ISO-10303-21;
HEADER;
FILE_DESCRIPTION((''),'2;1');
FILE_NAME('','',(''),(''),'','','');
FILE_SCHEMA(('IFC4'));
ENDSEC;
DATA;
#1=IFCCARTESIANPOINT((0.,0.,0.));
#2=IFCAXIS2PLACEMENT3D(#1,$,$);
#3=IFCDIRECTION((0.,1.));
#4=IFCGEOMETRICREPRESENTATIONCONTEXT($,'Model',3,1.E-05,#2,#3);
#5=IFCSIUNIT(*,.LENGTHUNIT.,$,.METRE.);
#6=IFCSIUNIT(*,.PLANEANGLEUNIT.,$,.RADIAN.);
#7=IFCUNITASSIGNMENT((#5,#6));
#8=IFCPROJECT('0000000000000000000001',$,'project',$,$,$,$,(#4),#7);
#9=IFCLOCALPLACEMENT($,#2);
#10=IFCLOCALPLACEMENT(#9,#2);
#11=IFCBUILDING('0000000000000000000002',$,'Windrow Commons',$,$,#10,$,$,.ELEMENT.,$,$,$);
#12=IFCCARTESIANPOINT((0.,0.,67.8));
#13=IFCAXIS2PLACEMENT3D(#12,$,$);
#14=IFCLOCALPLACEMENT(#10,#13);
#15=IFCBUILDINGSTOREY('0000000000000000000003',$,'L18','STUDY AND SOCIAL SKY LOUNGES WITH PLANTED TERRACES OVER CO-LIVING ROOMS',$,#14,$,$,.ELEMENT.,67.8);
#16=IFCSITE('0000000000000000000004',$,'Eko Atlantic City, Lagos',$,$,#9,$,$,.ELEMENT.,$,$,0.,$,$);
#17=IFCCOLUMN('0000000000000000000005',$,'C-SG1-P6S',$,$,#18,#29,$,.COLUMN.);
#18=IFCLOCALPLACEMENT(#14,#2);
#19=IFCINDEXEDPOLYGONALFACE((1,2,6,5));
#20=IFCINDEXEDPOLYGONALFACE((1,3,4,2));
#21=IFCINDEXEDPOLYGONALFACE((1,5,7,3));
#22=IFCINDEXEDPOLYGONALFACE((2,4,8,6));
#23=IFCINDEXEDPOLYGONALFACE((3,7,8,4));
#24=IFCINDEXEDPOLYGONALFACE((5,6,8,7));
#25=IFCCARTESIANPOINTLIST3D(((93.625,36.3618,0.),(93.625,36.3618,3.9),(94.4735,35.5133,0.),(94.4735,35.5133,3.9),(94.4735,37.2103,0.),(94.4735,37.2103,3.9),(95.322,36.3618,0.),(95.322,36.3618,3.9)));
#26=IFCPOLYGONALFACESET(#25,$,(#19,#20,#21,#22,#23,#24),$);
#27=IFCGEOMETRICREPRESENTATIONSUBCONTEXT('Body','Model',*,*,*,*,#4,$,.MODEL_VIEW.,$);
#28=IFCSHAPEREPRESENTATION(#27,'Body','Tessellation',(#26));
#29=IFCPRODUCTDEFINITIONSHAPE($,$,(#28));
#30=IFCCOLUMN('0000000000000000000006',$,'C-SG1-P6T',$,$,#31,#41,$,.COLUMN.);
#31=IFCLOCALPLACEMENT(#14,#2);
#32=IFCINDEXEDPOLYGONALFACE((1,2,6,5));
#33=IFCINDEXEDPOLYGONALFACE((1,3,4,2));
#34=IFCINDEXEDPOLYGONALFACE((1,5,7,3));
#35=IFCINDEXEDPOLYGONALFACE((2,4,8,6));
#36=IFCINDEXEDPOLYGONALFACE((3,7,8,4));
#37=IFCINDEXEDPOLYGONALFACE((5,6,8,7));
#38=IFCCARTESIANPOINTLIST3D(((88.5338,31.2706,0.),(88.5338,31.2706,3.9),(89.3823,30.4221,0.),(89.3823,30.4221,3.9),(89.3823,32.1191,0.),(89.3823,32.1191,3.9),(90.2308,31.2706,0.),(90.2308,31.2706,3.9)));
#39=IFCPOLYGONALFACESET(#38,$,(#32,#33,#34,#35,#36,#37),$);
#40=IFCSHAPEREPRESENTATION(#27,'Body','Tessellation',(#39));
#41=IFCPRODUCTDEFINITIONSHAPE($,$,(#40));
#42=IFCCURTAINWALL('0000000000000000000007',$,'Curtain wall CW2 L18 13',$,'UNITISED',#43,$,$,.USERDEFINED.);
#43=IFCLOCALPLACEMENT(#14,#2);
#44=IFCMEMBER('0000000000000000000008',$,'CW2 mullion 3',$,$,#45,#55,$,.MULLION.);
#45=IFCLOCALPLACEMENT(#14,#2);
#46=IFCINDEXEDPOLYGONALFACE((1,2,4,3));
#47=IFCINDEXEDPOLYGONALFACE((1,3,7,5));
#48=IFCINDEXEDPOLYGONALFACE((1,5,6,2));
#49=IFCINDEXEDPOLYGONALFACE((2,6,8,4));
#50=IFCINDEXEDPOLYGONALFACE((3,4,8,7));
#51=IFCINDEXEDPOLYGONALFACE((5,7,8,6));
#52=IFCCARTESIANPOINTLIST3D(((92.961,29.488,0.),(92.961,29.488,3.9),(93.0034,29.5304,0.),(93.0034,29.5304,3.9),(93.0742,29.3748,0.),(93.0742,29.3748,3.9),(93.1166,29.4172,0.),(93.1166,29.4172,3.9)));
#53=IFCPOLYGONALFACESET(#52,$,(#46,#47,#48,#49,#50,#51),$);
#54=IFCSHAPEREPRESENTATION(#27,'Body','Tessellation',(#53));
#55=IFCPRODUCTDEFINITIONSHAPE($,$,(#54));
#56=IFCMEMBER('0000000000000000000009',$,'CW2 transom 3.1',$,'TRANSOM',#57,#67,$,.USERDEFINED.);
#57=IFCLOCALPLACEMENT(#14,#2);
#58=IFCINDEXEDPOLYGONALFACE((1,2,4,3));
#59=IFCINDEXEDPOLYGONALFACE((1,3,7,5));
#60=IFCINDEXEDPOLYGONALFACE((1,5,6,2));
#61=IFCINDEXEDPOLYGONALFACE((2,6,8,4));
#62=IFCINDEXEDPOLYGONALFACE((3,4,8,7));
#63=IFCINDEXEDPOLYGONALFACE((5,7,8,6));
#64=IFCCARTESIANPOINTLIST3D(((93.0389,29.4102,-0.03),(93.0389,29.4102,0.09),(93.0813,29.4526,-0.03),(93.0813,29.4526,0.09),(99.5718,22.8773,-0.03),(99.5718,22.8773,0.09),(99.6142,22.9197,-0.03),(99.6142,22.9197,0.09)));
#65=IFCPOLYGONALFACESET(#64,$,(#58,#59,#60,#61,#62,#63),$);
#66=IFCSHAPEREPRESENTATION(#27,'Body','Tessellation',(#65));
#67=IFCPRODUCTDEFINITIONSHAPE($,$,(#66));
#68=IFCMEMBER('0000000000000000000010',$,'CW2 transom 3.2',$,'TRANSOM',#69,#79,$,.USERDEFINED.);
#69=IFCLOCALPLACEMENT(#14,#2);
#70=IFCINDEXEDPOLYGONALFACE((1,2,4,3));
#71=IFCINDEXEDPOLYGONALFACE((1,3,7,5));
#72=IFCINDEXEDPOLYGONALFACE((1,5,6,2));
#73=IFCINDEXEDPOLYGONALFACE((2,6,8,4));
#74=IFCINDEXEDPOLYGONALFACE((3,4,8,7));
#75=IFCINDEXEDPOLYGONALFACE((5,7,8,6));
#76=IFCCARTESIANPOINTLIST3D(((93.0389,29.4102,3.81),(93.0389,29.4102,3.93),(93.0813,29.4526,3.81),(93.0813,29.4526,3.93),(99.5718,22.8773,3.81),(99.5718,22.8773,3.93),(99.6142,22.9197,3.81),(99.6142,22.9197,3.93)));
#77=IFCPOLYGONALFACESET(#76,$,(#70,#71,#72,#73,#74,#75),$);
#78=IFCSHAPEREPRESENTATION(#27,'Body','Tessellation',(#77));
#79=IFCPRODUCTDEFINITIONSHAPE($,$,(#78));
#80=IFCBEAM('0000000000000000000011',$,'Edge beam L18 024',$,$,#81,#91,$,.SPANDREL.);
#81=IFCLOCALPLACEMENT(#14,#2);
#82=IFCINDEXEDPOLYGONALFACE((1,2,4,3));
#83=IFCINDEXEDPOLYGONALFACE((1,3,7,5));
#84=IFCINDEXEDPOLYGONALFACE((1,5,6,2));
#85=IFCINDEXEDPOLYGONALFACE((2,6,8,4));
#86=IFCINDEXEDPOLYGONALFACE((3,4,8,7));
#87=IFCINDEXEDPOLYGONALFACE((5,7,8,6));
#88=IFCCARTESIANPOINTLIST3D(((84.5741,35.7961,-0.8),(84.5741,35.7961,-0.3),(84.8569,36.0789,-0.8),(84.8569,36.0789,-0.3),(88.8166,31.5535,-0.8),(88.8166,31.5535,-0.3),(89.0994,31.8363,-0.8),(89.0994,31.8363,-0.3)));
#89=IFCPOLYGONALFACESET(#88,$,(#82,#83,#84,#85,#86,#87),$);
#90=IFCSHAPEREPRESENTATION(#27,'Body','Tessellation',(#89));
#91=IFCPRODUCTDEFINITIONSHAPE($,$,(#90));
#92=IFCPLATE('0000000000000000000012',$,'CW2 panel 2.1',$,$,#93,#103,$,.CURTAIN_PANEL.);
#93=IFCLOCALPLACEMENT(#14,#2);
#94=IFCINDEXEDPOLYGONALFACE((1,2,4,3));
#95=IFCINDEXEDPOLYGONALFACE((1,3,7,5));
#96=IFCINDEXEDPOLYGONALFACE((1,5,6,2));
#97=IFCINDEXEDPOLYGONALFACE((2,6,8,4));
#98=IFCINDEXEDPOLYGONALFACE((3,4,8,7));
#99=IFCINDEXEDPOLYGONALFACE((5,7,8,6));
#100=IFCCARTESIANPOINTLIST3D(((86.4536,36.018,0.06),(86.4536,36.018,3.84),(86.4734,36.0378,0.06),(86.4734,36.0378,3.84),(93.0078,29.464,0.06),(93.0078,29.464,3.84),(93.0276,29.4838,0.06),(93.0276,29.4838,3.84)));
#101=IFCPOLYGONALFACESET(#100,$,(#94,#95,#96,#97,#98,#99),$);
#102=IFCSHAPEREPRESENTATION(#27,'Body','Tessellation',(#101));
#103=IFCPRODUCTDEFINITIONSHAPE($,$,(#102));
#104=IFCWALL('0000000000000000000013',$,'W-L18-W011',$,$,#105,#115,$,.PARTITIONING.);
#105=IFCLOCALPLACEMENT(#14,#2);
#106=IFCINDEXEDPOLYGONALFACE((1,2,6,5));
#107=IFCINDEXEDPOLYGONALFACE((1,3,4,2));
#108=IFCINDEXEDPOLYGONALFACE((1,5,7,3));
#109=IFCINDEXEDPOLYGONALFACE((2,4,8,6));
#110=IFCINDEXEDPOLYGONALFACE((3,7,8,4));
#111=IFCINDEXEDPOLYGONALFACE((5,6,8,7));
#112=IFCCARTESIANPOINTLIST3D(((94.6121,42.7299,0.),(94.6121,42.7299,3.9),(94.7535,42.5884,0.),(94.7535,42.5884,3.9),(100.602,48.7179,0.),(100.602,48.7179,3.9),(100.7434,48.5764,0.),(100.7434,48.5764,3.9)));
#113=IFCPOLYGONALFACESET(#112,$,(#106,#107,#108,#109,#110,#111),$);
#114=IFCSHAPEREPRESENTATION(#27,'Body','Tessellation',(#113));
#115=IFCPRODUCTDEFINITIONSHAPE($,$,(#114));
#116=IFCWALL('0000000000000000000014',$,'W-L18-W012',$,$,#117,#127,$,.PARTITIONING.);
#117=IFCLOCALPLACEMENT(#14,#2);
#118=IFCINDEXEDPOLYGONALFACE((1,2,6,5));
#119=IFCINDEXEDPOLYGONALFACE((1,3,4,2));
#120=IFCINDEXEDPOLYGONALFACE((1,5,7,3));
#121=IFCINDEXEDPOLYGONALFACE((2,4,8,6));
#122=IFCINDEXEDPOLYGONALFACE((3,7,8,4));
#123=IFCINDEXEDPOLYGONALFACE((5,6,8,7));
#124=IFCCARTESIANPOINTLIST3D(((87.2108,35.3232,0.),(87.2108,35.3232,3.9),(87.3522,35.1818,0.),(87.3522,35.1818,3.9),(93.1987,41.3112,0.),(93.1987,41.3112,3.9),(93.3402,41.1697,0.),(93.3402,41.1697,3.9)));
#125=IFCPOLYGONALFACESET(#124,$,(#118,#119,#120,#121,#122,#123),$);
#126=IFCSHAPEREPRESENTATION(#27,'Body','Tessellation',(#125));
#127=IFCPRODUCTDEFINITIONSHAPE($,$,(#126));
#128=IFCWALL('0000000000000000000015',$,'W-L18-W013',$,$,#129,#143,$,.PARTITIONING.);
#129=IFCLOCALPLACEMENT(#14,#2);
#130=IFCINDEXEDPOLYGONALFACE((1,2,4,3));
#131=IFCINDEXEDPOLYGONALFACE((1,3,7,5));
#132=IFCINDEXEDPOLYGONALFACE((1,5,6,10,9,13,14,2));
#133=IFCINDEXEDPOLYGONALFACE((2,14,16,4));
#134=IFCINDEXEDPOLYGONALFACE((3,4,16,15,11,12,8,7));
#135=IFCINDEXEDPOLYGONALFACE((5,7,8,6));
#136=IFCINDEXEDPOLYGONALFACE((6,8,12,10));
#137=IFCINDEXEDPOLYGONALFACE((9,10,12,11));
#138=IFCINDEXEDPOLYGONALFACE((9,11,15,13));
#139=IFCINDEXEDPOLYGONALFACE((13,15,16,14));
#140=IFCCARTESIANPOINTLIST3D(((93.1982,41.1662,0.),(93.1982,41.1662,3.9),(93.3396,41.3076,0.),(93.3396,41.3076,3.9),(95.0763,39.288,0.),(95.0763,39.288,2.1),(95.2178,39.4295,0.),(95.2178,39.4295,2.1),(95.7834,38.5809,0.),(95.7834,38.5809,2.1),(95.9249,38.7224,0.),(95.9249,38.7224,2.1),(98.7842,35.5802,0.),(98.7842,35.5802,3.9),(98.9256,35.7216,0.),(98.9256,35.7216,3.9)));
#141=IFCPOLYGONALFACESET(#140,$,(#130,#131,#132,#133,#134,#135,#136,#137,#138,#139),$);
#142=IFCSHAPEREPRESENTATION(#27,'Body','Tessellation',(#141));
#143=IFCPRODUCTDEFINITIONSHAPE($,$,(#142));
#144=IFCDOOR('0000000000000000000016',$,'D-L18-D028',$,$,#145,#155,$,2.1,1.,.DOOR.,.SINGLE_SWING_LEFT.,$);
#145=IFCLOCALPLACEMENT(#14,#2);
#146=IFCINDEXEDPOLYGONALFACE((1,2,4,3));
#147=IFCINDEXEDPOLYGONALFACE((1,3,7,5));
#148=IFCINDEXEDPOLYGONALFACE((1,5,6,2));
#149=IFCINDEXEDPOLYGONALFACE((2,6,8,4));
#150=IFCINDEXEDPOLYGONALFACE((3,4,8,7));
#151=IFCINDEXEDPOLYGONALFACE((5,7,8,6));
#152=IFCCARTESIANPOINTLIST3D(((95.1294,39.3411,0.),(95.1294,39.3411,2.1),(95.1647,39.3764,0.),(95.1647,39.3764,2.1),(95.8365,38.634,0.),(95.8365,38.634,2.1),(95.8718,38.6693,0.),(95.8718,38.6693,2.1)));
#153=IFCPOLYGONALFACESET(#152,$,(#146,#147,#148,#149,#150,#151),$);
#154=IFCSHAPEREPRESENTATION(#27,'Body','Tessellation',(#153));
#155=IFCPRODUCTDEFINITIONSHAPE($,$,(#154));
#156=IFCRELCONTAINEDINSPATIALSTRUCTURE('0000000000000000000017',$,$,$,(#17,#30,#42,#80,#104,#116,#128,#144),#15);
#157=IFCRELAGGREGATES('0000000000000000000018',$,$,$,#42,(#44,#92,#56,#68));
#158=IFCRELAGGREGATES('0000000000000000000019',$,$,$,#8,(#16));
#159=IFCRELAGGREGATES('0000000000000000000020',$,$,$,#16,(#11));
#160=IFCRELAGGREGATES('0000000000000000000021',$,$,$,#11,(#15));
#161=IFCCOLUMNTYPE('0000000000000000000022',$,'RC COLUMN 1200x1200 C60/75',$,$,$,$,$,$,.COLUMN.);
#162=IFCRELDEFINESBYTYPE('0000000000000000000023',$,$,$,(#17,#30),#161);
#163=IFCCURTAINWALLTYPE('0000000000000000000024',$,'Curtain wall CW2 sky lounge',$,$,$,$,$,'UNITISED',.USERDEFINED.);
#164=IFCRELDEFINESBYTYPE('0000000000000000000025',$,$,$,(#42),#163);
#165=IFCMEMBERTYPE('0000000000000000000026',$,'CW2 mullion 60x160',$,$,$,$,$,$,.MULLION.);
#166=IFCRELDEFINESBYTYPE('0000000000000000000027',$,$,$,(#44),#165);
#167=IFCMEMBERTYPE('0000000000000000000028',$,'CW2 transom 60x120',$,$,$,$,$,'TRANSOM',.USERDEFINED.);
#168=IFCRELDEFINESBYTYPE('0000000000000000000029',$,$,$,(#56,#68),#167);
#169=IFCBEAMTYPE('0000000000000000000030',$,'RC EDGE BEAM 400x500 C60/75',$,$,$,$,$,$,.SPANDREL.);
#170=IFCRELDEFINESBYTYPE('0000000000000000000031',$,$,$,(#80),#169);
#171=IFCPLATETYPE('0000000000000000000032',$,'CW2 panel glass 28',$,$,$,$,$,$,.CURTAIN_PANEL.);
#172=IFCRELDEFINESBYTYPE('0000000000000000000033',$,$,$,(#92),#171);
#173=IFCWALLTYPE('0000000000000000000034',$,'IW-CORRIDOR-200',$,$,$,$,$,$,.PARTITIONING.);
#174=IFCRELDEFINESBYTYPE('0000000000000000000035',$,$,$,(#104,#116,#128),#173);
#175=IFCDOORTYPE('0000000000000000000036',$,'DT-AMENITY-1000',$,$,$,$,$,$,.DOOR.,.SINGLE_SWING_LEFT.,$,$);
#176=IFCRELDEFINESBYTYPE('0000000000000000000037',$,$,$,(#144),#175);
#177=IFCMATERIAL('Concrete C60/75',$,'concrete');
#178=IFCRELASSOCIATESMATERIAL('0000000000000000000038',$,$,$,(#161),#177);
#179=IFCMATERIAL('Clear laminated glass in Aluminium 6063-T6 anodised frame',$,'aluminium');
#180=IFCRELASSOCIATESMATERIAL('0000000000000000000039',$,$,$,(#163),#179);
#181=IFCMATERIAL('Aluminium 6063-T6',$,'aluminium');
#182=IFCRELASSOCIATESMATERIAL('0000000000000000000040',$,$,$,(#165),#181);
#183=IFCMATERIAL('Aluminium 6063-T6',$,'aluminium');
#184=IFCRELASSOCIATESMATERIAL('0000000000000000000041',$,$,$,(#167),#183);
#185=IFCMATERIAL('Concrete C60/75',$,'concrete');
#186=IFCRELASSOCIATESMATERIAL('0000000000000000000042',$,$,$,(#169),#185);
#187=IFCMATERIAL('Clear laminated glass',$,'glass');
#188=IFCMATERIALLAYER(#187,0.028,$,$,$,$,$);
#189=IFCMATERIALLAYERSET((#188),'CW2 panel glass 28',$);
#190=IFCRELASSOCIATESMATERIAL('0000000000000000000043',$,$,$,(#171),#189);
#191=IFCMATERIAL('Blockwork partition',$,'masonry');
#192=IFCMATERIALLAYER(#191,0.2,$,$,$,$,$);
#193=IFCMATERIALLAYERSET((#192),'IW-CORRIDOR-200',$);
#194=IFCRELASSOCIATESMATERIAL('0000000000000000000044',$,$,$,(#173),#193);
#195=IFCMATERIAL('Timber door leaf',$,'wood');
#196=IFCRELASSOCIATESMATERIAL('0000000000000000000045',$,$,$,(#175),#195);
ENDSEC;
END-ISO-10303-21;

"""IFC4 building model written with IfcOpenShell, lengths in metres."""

from ifc_helpers import new_model, si_unit, direction, frame, frame_2d, origin, origin_2d, place, context, subcontext, project, spatial, rectangle, extrude, material, layer, layer_set, material_profile, profile_set, type_object, element, fill, aggregate, save


model = new_model("IFC4")

# Units and contexts
model_context = context("Model", 3, precision=1e-05, world=origin(), true_north=direction((0.0, 1.0)))
body_context = subcontext(model_context, "Body", "Model", "MODEL_VIEW")
ifc_project = project(units=[si_unit("LENGTHUNIT", "METRE"), si_unit("PLANEANGLEUNIT", "RADIAN")], contexts=[model_context])

# Site, building, storey
site_placement = place(None, origin())
site = spatial("IfcSite", under=ifc_project, at=site_placement, Name="Eko Atlantic City, Lagos", CompositionType="ELEMENT", RefElevation=0.0)
building_placement = place(site_placement, origin())
building = spatial("IfcBuilding", under=site, at=building_placement, Name="Windrow Commons", CompositionType="ELEMENT")
storey_placement = place(building_placement, frame((0.0, 0.0, 67.8)))
storey = spatial("IfcBuildingStorey", under=building, at=storey_placement, Name="L18", Description="STUDY AND SOCIAL SKY LOUNGES WITH PLANTED TERRACES OVER CO-LIVING ROOMS", CompositionType="ELEMENT", Elevation=67.8)

# Columns
ifc_material_1 = material(Name="Concrete C60/75", Category="concrete")
ifc_material_profile_1 = material_profile(ifc_material_1, rectangle(XDim=1.2, YDim=1.2, at=origin_2d()))
ifc_profile_set_1 = profile_set([ifc_material_profile_1], Name="Concrete C60/75")
column_type = type_object("IfcColumnType", Name="RC COLUMN 1200x1200 C60/75", PredefinedType="COLUMN", material=ifc_profile_set_1)
for number, where, z_axis, x_axis, name in (
    (1, (94.4735, 36.3618, 0.0), (0.0, 0.0, 1.0), (0.707107, -0.707107, 0.0), "C-SG1-P6S"),
    (2, (89.3823, 31.2706, 0.0), (0.0, 0.0, 1.0), (0.707107, -0.707107, 0.0), "C-SG1-P6T"),
):
    element("IfcColumn", number, at=place(storey_placement, frame(where, z_axis=z_axis, x_axis=x_axis)), inside=storey, type_object=column_type, Name=name, PredefinedType="COLUMN", context=body_context, shape_type="SweptSolid", body=[
        extrude(rectangle(XDim=1.2, YDim=1.2, at=origin_2d()), origin(), (0.0, 0.0, 1.0), 3.9),
    ])

# Curtain wall, members
ifc_material_2 = material(Name="Clear laminated glass in Aluminium 6063-T6 anodised frame", Category="aluminium")
curtain_wall_type = type_object("IfcCurtainWallType", Name="Curtain wall CW2 sky lounge", ElementType="UNITISED", PredefinedType="USERDEFINED", material=ifc_material_2)
curtain_wall_placement = place(storey_placement, origin())
curtain_wall = element("IfcCurtainWall", 3, at=curtain_wall_placement, inside=storey, type_object=curtain_wall_type, Name="Curtain wall CW2 L18 13", ObjectType="UNITISED", PredefinedType="USERDEFINED")
ifc_material_3 = material(Name="Aluminium 6063-T6", Category="aluminium")
ifc_material_profile_2 = material_profile(ifc_material_3, rectangle(XDim=0.06, YDim=0.16, at=origin_2d()))
ifc_profile_set_2 = profile_set([ifc_material_profile_2], Name="Aluminium 6063-T6")
member_type_1 = type_object("IfcMemberType", Name="CW2 mullion 60x160", PredefinedType="MULLION", material=ifc_profile_set_2)
member_1_placement = place(storey_placement, frame((93.0388, 29.4526, 0.0), z_axis=(0.0, 0.0, 1.0), x_axis=(0.707105, 0.707108, 0.0)))
member_1 = element("IfcMember", 4, at=member_1_placement, type_object=member_type_1, Name="CW2 mullion 3", PredefinedType="MULLION", context=body_context, shape_type="SweptSolid", body=[
    extrude(rectangle(XDim=0.06, YDim=0.16, at=origin_2d()), origin(), (0.0, 0.0, 1.0), 3.9),
])
ifc_material_4 = material(Name="Aluminium 6063-T6", Category="aluminium")
ifc_material_profile_3 = material_profile(ifc_material_4, rectangle(XDim=0.06, YDim=0.12, at=origin_2d()))
ifc_profile_set_3 = profile_set([ifc_material_profile_3], Name="Aluminium 6063-T6")
member_type_2 = type_object("IfcMemberType", Name="CW2 transom 60x120", ElementType="TRANSOM", PredefinedType="USERDEFINED", material=ifc_profile_set_3)
member_2_placement = place(storey_placement, frame((93.0601, 29.4314, 0.03), z_axis=(0.707107, -0.707107, 0.0), x_axis=(0.707107, 0.707107, 0.0)))
member_2 = element("IfcMember", 5, at=member_2_placement, type_object=member_type_2, Name="CW2 transom 3.1", ObjectType="TRANSOM", PredefinedType="USERDEFINED", context=body_context, shape_type="SweptSolid", body=[
    extrude(rectangle(XDim=0.06, YDim=0.12, at=origin_2d()), origin(), (0.0, 0.0, 1.0), 9.2389),
])
member_3_placement = place(storey_placement, frame((93.0601, 29.4314, 3.87), z_axis=(0.707107, -0.707107, 0.0), x_axis=(0.707107, 0.707107, 0.0)))
member_3 = element("IfcMember", 6, at=member_3_placement, type_object=member_type_2, Name="CW2 transom 3.2", ObjectType="TRANSOM", PredefinedType="USERDEFINED", context=body_context, shape_type="SweptSolid", body=[
    extrude(rectangle(XDim=0.06, YDim=0.12, at=origin_2d()), origin(), (0.0, 0.0, 1.0), 9.2389),
])

# Beam
ifc_material_5 = material(Name="Concrete C60/75", Category="concrete")
ifc_material_profile_4 = material_profile(ifc_material_5, rectangle(XDim=0.4, YDim=0.5, at=origin_2d()))
ifc_profile_set_4 = profile_set([ifc_material_profile_4], Name="Concrete C60/75")
beam_type = type_object("IfcBeamType", Name="RC EDGE BEAM 400x500 C60/75", PredefinedType="SPANDREL", material=ifc_profile_set_4)
beam_placement = place(storey_placement, frame((88.958, 31.6949, -0.55), z_axis=(-0.707098, 0.707115, 0.0), x_axis=(-0.707115, -0.707098, 0.0)))
element("IfcBeam", 7, at=beam_placement, inside=storey, type_object=beam_type, Name="Edge beam L18 024", PredefinedType="SPANDREL", context=body_context, shape_type="SweptSolid", body=[
    extrude(rectangle(XDim=0.4, YDim=0.5, at=origin_2d()), origin(), (0.0, 0.0, 1.0), 5.9999),
])

# Plate
ifc_material_6 = material(Name="Clear laminated glass", Category="glass")
ifc_layer_1 = layer(ifc_material_6, 0.028)
ifc_layer_set_1 = layer_set([ifc_layer_1], Name="CW2 panel glass 28")
plate_type = type_object("IfcPlateType", Name="CW2 panel glass 28", PredefinedType="CURTAIN_PANEL", material=ifc_layer_set_1)
plate_placement = place(storey_placement, frame((89.7406, 32.7509, 0.06), z_axis=(0.0, 0.0, 1.0), x_axis=(0.707108, -0.707105, 0.0)))
plate = element("IfcPlate", 8, at=plate_placement, type_object=plate_type, Name="CW2 panel 2.1", PredefinedType="CURTAIN_PANEL", context=body_context, shape_type="SweptSolid", body=[
    extrude(rectangle(XDim=9.2689, YDim=0.028, at=origin_2d()), origin(), (0.0, 0.0, 1.0), 3.78),
])
aggregate(curtain_wall, [member_1, plate, member_2, member_3])

# Walls
ifc_material_7 = material(Name="Blockwork partition", Category="masonry")
ifc_layer_2 = layer(ifc_material_7, 0.2)
ifc_layer_set_2 = layer_set([ifc_layer_2], Name="IW-CORRIDOR-200")
wall_type_1 = type_object("IfcWallType", Name="IW-CORRIDOR-200", PredefinedType="PARTITIONING", material=ifc_layer_set_2)
wall_1_placement = place(storey_placement, frame((94.6828, 42.6592, 0.0), z_axis=(0.0, 0.0, 1.0), x_axis=(0.707225, 0.706989, 0.0)))
element("IfcWall", 9, at=wall_1_placement, inside=storey, type_object=wall_type_1, Name="W-L18-W011", PredefinedType="PARTITIONING", context=body_context, shape_type="SweptSolid", body=[
    extrude(rectangle(XDim=8.4697, YDim=0.2, at=frame_2d((4.2348, 0.0))), origin(), (0.0, 0.0, 1.0), 3.9),
])
wall_2_placement = place(storey_placement, frame((87.2815, 35.2525, 0.0), z_axis=(0.0, 0.0, 1.0), x_axis=(0.707107, 0.707107, 0.0)))
element("IfcWall", 10, at=wall_2_placement, inside=storey, type_object=wall_type_1, Name="W-L18-W012", PredefinedType="PARTITIONING", context=body_context, shape_type="SweptSolid", body=[
    extrude(rectangle(XDim=8.4683, YDim=0.2, at=frame_2d((4.2341, 0.0))), origin(), (0.0, 0.0, 1.0), 3.9),
])

# Wall, opening, door
wall_3_placement = place(storey_placement, frame((93.2689, 41.2369, 0.0), z_axis=(0.0, 0.0, 1.0), x_axis=(0.707107, -0.707107, 0.0)))
wall_3 = element("IfcWall", 11, at=wall_3_placement, inside=storey, type_object=wall_type_1, Name="W-L18-W013", PredefinedType="PARTITIONING", context=body_context, shape_type="SweptSolid", body=[
    extrude(rectangle(XDim=7.8998, YDim=0.2, at=frame_2d((3.9499, 0.0))), origin(), (0.0, 0.0, 1.0), 3.9),
])
opening_1_placement = place(wall_3_placement, frame((2.6561, 0.0, 0.0)))
opening_1 = element("IfcOpeningElement", 12, at=opening_1_placement, cuts=wall_3, PredefinedType="OPENING", context=body_context, shape_type="SweptSolid", body=[
    extrude(rectangle(XDim=1.0, YDim=2.1, at=frame_2d((0.5, 1.05))), frame((0.0, 0.11, 0.0), z_axis=(0.0, -1.0, 0.0), x_axis=(1.0, 0.0, 0.0)), (0.0, 0.0, 1.0), 0.22),
])
ifc_material_8 = material(Name="Timber door leaf", Category="wood")
door_type_1 = type_object("IfcDoorType", Name="DT-AMENITY-1000", OperationType="SINGLE_SWING_LEFT", PredefinedType="DOOR", material=ifc_material_8)
door_1_placement = place(opening_1_placement, origin())
door_1 = element("IfcDoor", 13, at=door_1_placement, inside=storey, type_object=door_type_1, Name="D-L18-D028", OperationType="SINGLE_SWING_LEFT", OverallHeight=2.1, OverallWidth=1.0, PredefinedType="DOOR", context=body_context, shape_type="SweptSolid", body=[
    extrude(rectangle(XDim=1.0, YDim=2.1, at=frame_2d((0.5, 1.05))), frame((0.0, 0.025, 0.0), z_axis=(0.0, -1.0, 0.0), x_axis=(1.0, 0.0, 0.0)), (0.0, 0.0, 1.0), 0.05),
])
fill(opening_1, door_1)

save(model, "model.ifc")
